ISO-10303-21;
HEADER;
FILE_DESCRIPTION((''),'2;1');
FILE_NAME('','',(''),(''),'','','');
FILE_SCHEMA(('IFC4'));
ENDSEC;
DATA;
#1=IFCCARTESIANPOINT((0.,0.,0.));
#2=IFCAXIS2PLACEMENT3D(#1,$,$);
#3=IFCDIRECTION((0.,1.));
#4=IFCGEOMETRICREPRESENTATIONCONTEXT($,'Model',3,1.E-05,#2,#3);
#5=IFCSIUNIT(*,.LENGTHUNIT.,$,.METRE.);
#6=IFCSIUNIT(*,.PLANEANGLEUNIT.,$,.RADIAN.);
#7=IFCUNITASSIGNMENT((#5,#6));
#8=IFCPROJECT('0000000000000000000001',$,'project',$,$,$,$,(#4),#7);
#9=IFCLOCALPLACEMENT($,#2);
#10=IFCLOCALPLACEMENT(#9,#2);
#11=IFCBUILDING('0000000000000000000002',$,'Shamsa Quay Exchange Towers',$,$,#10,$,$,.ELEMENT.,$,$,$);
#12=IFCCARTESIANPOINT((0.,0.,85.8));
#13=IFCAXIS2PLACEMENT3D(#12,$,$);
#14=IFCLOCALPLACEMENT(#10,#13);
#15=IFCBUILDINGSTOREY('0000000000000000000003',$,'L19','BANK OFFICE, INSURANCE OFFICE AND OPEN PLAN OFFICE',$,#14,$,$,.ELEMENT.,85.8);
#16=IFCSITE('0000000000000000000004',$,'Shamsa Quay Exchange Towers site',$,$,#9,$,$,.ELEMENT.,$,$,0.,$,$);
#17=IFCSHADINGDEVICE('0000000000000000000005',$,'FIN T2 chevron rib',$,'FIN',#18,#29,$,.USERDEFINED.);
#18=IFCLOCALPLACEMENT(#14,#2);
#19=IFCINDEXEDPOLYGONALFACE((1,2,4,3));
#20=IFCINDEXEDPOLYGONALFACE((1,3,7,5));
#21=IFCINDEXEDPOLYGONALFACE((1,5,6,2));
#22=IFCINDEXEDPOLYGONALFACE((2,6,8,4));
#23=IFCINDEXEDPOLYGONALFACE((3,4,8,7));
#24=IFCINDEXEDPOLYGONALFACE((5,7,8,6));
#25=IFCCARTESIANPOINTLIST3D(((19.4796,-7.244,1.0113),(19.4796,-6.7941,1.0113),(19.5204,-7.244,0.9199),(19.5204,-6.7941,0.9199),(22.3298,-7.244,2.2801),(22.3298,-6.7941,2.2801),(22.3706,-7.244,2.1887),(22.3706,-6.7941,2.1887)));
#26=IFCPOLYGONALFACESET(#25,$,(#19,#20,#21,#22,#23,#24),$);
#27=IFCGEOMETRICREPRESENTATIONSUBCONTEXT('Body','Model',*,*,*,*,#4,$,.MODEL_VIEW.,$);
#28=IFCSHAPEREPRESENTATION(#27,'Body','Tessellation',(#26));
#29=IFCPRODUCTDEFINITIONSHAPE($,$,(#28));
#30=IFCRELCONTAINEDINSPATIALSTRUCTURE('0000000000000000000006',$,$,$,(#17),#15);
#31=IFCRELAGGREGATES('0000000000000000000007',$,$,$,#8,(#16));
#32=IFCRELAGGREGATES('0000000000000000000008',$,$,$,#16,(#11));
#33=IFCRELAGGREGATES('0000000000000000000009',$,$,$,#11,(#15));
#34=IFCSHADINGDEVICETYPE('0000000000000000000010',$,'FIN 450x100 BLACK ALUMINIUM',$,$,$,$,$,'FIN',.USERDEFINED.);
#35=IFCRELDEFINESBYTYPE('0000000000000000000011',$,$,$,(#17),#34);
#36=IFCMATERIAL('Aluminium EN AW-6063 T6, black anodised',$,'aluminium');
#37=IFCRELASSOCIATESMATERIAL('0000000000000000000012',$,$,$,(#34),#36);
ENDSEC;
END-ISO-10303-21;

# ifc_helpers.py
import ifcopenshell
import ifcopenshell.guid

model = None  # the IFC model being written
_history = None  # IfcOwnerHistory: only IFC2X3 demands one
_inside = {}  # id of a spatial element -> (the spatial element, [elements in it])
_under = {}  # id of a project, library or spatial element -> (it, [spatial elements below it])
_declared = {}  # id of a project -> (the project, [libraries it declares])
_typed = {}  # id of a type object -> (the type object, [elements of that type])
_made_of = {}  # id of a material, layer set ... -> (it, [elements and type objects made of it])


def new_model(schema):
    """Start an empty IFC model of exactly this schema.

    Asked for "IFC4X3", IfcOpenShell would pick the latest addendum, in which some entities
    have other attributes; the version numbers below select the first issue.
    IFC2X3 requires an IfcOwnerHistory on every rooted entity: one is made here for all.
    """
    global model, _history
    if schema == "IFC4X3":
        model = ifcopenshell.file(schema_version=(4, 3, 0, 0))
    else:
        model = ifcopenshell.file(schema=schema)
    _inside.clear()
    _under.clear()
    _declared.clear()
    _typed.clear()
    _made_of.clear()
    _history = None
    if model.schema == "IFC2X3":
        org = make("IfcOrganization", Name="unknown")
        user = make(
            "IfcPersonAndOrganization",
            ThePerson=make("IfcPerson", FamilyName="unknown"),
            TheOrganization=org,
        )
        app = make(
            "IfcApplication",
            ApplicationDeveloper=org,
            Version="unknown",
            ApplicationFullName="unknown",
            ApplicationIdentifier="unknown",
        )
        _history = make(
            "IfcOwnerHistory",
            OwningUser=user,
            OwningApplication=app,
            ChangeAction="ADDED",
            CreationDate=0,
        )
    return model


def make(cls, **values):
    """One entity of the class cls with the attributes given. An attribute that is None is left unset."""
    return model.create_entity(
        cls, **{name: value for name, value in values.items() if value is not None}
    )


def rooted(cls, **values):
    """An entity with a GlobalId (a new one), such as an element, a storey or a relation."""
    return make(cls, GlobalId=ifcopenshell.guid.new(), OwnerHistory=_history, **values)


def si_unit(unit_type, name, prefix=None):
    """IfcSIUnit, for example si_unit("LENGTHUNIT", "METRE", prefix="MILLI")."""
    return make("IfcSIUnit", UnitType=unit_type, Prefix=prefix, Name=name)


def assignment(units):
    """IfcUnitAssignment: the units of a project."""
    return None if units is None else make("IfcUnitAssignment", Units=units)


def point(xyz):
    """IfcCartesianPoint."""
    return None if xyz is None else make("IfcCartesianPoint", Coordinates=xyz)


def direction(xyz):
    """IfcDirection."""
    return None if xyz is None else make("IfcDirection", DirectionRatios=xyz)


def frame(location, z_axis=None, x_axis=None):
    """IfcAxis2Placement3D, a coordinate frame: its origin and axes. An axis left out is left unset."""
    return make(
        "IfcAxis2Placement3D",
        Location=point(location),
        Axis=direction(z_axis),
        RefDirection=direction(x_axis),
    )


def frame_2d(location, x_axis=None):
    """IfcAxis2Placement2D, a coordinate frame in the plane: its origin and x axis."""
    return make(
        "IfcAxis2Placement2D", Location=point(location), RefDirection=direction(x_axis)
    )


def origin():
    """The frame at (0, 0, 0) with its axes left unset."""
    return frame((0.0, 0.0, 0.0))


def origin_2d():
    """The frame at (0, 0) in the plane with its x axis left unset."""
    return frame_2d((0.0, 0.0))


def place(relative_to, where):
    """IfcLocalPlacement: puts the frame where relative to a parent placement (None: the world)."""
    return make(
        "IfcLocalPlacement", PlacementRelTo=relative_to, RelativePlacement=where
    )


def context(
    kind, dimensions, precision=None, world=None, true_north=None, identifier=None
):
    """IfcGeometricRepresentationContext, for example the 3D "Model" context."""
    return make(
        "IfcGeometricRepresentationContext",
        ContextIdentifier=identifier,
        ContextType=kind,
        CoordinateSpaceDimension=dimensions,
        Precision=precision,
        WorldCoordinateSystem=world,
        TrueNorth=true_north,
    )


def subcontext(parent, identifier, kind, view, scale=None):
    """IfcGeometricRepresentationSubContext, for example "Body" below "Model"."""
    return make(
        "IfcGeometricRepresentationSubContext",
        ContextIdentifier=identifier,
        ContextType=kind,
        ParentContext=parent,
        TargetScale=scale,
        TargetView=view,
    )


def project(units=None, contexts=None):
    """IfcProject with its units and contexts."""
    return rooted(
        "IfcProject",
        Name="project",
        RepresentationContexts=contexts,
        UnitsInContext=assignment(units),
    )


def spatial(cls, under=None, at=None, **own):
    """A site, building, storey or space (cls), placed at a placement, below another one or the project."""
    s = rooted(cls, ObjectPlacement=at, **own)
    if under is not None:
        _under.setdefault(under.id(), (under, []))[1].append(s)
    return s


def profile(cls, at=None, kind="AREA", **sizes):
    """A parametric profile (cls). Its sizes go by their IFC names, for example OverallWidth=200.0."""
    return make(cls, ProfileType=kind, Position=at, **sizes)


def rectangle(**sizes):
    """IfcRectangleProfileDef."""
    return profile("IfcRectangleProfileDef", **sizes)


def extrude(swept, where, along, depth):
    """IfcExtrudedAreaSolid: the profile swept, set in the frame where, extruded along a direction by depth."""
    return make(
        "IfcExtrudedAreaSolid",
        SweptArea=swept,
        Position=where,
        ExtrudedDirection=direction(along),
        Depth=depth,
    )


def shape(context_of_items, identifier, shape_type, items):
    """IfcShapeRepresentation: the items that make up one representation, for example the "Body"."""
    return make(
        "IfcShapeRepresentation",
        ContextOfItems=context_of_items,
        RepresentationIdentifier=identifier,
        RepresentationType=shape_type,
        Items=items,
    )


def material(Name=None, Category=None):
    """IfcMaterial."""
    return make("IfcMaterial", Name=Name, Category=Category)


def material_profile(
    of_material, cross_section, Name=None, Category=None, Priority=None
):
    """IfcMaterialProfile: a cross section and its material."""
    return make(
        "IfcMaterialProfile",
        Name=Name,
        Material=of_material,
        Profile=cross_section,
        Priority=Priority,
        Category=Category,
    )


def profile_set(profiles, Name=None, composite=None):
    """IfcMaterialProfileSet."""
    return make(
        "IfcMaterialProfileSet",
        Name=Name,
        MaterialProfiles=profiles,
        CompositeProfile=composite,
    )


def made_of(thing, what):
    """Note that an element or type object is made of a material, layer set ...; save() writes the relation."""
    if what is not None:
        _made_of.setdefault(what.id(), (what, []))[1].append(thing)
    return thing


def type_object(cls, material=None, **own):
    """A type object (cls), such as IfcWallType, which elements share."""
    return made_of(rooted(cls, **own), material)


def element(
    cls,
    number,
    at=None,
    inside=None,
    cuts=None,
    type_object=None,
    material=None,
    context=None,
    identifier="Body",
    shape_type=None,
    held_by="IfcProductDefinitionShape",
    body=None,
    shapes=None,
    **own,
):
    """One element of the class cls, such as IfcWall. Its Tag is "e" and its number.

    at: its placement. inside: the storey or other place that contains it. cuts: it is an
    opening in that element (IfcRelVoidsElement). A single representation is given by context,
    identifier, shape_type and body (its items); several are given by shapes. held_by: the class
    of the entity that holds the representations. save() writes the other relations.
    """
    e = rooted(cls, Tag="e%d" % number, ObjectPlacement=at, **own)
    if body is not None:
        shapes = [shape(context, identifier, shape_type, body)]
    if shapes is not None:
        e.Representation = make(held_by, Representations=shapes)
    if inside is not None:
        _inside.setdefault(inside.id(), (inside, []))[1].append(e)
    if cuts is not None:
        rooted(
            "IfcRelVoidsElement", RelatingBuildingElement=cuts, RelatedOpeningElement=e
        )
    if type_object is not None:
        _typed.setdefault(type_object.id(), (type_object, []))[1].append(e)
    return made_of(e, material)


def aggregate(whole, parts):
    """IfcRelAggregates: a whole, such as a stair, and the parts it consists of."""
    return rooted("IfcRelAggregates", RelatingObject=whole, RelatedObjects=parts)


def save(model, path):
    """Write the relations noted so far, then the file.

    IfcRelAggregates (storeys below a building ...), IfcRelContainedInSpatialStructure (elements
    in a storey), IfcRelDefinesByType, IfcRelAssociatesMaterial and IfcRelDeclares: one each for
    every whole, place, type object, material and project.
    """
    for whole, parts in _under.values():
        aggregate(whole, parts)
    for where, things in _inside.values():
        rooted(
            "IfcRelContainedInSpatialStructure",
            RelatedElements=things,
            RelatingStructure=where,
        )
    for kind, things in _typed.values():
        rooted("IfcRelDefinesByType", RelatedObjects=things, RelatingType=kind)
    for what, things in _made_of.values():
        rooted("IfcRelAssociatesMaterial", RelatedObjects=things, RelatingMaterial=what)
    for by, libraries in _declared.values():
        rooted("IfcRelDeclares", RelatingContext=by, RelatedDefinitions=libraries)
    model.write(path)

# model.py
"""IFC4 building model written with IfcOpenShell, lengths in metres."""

from ifc_helpers import new_model, si_unit, direction, frame, origin, origin_2d, place, context, subcontext, project, spatial, rectangle, extrude, material, material_profile, profile_set, type_object, element, save


model = new_model("IFC4")

# Units and contexts
model_context = context("Model", 3, precision=1e-05, world=origin(), true_north=direction((0.0, 1.0)))
body_context = subcontext(model_context, "Body", "Model", "MODEL_VIEW")
ifc_project = project(units=[si_unit("LENGTHUNIT", "METRE"), si_unit("PLANEANGLEUNIT", "RADIAN")], contexts=[model_context])

# Site, building, storey
site_placement = place(None, origin())
site = spatial("IfcSite", under=ifc_project, at=site_placement, Name="Shamsa Quay Exchange Towers site", CompositionType="ELEMENT", RefElevation=0.0)
building_placement = place(site_placement, origin())
building = spatial("IfcBuilding", under=site, at=building_placement, Name="Shamsa Quay Exchange Towers", CompositionType="ELEMENT")
storey_placement = place(building_placement, frame((0.0, 0.0, 85.8)))
storey = spatial("IfcBuildingStorey", under=building, at=storey_placement, Name="L19", Description="BANK OFFICE, INSURANCE OFFICE AND OPEN PLAN OFFICE", CompositionType="ELEMENT", Elevation=85.8)

# Shared definitions
ifc_material_1 = material(Name="Aluminium EN AW-6063 T6, black anodised", Category="aluminium")

# Shading device
ifc_material_profile_1 = material_profile(ifc_material_1, rectangle(XDim=0.45, YDim=0.1001, at=origin_2d()), Name="FIN450x100")
ifc_profile_set_1 = profile_set([ifc_material_profile_1], Name="Aluminium EN AW-6063 T6, black anodised")
shading_device_type = type_object("IfcShadingDeviceType", Name="FIN 450x100 BLACK ALUMINIUM", ElementType="FIN", PredefinedType="USERDEFINED", material=ifc_profile_set_1)
shading_device_1_placement = place(storey_placement, frame((19.5, -7.019, 0.9656), z_axis=(0.913563, 0.0, 0.406697), x_axis=(0.0, 1.0, 0.0)))
element("IfcShadingDevice", 1, at=shading_device_1_placement, inside=storey, type_object=shading_device_type, Name="FIN T2 chevron rib", ObjectType="FIN", PredefinedType="USERDEFINED", context=body_context, shape_type="SweptSolid", body=[
    extrude(rectangle(XDim=0.45, YDim=0.1001, at=origin_2d()), origin(), (0.0, 0.0, 1.0), 3.1199),
])

save(model, "model.ifc")
